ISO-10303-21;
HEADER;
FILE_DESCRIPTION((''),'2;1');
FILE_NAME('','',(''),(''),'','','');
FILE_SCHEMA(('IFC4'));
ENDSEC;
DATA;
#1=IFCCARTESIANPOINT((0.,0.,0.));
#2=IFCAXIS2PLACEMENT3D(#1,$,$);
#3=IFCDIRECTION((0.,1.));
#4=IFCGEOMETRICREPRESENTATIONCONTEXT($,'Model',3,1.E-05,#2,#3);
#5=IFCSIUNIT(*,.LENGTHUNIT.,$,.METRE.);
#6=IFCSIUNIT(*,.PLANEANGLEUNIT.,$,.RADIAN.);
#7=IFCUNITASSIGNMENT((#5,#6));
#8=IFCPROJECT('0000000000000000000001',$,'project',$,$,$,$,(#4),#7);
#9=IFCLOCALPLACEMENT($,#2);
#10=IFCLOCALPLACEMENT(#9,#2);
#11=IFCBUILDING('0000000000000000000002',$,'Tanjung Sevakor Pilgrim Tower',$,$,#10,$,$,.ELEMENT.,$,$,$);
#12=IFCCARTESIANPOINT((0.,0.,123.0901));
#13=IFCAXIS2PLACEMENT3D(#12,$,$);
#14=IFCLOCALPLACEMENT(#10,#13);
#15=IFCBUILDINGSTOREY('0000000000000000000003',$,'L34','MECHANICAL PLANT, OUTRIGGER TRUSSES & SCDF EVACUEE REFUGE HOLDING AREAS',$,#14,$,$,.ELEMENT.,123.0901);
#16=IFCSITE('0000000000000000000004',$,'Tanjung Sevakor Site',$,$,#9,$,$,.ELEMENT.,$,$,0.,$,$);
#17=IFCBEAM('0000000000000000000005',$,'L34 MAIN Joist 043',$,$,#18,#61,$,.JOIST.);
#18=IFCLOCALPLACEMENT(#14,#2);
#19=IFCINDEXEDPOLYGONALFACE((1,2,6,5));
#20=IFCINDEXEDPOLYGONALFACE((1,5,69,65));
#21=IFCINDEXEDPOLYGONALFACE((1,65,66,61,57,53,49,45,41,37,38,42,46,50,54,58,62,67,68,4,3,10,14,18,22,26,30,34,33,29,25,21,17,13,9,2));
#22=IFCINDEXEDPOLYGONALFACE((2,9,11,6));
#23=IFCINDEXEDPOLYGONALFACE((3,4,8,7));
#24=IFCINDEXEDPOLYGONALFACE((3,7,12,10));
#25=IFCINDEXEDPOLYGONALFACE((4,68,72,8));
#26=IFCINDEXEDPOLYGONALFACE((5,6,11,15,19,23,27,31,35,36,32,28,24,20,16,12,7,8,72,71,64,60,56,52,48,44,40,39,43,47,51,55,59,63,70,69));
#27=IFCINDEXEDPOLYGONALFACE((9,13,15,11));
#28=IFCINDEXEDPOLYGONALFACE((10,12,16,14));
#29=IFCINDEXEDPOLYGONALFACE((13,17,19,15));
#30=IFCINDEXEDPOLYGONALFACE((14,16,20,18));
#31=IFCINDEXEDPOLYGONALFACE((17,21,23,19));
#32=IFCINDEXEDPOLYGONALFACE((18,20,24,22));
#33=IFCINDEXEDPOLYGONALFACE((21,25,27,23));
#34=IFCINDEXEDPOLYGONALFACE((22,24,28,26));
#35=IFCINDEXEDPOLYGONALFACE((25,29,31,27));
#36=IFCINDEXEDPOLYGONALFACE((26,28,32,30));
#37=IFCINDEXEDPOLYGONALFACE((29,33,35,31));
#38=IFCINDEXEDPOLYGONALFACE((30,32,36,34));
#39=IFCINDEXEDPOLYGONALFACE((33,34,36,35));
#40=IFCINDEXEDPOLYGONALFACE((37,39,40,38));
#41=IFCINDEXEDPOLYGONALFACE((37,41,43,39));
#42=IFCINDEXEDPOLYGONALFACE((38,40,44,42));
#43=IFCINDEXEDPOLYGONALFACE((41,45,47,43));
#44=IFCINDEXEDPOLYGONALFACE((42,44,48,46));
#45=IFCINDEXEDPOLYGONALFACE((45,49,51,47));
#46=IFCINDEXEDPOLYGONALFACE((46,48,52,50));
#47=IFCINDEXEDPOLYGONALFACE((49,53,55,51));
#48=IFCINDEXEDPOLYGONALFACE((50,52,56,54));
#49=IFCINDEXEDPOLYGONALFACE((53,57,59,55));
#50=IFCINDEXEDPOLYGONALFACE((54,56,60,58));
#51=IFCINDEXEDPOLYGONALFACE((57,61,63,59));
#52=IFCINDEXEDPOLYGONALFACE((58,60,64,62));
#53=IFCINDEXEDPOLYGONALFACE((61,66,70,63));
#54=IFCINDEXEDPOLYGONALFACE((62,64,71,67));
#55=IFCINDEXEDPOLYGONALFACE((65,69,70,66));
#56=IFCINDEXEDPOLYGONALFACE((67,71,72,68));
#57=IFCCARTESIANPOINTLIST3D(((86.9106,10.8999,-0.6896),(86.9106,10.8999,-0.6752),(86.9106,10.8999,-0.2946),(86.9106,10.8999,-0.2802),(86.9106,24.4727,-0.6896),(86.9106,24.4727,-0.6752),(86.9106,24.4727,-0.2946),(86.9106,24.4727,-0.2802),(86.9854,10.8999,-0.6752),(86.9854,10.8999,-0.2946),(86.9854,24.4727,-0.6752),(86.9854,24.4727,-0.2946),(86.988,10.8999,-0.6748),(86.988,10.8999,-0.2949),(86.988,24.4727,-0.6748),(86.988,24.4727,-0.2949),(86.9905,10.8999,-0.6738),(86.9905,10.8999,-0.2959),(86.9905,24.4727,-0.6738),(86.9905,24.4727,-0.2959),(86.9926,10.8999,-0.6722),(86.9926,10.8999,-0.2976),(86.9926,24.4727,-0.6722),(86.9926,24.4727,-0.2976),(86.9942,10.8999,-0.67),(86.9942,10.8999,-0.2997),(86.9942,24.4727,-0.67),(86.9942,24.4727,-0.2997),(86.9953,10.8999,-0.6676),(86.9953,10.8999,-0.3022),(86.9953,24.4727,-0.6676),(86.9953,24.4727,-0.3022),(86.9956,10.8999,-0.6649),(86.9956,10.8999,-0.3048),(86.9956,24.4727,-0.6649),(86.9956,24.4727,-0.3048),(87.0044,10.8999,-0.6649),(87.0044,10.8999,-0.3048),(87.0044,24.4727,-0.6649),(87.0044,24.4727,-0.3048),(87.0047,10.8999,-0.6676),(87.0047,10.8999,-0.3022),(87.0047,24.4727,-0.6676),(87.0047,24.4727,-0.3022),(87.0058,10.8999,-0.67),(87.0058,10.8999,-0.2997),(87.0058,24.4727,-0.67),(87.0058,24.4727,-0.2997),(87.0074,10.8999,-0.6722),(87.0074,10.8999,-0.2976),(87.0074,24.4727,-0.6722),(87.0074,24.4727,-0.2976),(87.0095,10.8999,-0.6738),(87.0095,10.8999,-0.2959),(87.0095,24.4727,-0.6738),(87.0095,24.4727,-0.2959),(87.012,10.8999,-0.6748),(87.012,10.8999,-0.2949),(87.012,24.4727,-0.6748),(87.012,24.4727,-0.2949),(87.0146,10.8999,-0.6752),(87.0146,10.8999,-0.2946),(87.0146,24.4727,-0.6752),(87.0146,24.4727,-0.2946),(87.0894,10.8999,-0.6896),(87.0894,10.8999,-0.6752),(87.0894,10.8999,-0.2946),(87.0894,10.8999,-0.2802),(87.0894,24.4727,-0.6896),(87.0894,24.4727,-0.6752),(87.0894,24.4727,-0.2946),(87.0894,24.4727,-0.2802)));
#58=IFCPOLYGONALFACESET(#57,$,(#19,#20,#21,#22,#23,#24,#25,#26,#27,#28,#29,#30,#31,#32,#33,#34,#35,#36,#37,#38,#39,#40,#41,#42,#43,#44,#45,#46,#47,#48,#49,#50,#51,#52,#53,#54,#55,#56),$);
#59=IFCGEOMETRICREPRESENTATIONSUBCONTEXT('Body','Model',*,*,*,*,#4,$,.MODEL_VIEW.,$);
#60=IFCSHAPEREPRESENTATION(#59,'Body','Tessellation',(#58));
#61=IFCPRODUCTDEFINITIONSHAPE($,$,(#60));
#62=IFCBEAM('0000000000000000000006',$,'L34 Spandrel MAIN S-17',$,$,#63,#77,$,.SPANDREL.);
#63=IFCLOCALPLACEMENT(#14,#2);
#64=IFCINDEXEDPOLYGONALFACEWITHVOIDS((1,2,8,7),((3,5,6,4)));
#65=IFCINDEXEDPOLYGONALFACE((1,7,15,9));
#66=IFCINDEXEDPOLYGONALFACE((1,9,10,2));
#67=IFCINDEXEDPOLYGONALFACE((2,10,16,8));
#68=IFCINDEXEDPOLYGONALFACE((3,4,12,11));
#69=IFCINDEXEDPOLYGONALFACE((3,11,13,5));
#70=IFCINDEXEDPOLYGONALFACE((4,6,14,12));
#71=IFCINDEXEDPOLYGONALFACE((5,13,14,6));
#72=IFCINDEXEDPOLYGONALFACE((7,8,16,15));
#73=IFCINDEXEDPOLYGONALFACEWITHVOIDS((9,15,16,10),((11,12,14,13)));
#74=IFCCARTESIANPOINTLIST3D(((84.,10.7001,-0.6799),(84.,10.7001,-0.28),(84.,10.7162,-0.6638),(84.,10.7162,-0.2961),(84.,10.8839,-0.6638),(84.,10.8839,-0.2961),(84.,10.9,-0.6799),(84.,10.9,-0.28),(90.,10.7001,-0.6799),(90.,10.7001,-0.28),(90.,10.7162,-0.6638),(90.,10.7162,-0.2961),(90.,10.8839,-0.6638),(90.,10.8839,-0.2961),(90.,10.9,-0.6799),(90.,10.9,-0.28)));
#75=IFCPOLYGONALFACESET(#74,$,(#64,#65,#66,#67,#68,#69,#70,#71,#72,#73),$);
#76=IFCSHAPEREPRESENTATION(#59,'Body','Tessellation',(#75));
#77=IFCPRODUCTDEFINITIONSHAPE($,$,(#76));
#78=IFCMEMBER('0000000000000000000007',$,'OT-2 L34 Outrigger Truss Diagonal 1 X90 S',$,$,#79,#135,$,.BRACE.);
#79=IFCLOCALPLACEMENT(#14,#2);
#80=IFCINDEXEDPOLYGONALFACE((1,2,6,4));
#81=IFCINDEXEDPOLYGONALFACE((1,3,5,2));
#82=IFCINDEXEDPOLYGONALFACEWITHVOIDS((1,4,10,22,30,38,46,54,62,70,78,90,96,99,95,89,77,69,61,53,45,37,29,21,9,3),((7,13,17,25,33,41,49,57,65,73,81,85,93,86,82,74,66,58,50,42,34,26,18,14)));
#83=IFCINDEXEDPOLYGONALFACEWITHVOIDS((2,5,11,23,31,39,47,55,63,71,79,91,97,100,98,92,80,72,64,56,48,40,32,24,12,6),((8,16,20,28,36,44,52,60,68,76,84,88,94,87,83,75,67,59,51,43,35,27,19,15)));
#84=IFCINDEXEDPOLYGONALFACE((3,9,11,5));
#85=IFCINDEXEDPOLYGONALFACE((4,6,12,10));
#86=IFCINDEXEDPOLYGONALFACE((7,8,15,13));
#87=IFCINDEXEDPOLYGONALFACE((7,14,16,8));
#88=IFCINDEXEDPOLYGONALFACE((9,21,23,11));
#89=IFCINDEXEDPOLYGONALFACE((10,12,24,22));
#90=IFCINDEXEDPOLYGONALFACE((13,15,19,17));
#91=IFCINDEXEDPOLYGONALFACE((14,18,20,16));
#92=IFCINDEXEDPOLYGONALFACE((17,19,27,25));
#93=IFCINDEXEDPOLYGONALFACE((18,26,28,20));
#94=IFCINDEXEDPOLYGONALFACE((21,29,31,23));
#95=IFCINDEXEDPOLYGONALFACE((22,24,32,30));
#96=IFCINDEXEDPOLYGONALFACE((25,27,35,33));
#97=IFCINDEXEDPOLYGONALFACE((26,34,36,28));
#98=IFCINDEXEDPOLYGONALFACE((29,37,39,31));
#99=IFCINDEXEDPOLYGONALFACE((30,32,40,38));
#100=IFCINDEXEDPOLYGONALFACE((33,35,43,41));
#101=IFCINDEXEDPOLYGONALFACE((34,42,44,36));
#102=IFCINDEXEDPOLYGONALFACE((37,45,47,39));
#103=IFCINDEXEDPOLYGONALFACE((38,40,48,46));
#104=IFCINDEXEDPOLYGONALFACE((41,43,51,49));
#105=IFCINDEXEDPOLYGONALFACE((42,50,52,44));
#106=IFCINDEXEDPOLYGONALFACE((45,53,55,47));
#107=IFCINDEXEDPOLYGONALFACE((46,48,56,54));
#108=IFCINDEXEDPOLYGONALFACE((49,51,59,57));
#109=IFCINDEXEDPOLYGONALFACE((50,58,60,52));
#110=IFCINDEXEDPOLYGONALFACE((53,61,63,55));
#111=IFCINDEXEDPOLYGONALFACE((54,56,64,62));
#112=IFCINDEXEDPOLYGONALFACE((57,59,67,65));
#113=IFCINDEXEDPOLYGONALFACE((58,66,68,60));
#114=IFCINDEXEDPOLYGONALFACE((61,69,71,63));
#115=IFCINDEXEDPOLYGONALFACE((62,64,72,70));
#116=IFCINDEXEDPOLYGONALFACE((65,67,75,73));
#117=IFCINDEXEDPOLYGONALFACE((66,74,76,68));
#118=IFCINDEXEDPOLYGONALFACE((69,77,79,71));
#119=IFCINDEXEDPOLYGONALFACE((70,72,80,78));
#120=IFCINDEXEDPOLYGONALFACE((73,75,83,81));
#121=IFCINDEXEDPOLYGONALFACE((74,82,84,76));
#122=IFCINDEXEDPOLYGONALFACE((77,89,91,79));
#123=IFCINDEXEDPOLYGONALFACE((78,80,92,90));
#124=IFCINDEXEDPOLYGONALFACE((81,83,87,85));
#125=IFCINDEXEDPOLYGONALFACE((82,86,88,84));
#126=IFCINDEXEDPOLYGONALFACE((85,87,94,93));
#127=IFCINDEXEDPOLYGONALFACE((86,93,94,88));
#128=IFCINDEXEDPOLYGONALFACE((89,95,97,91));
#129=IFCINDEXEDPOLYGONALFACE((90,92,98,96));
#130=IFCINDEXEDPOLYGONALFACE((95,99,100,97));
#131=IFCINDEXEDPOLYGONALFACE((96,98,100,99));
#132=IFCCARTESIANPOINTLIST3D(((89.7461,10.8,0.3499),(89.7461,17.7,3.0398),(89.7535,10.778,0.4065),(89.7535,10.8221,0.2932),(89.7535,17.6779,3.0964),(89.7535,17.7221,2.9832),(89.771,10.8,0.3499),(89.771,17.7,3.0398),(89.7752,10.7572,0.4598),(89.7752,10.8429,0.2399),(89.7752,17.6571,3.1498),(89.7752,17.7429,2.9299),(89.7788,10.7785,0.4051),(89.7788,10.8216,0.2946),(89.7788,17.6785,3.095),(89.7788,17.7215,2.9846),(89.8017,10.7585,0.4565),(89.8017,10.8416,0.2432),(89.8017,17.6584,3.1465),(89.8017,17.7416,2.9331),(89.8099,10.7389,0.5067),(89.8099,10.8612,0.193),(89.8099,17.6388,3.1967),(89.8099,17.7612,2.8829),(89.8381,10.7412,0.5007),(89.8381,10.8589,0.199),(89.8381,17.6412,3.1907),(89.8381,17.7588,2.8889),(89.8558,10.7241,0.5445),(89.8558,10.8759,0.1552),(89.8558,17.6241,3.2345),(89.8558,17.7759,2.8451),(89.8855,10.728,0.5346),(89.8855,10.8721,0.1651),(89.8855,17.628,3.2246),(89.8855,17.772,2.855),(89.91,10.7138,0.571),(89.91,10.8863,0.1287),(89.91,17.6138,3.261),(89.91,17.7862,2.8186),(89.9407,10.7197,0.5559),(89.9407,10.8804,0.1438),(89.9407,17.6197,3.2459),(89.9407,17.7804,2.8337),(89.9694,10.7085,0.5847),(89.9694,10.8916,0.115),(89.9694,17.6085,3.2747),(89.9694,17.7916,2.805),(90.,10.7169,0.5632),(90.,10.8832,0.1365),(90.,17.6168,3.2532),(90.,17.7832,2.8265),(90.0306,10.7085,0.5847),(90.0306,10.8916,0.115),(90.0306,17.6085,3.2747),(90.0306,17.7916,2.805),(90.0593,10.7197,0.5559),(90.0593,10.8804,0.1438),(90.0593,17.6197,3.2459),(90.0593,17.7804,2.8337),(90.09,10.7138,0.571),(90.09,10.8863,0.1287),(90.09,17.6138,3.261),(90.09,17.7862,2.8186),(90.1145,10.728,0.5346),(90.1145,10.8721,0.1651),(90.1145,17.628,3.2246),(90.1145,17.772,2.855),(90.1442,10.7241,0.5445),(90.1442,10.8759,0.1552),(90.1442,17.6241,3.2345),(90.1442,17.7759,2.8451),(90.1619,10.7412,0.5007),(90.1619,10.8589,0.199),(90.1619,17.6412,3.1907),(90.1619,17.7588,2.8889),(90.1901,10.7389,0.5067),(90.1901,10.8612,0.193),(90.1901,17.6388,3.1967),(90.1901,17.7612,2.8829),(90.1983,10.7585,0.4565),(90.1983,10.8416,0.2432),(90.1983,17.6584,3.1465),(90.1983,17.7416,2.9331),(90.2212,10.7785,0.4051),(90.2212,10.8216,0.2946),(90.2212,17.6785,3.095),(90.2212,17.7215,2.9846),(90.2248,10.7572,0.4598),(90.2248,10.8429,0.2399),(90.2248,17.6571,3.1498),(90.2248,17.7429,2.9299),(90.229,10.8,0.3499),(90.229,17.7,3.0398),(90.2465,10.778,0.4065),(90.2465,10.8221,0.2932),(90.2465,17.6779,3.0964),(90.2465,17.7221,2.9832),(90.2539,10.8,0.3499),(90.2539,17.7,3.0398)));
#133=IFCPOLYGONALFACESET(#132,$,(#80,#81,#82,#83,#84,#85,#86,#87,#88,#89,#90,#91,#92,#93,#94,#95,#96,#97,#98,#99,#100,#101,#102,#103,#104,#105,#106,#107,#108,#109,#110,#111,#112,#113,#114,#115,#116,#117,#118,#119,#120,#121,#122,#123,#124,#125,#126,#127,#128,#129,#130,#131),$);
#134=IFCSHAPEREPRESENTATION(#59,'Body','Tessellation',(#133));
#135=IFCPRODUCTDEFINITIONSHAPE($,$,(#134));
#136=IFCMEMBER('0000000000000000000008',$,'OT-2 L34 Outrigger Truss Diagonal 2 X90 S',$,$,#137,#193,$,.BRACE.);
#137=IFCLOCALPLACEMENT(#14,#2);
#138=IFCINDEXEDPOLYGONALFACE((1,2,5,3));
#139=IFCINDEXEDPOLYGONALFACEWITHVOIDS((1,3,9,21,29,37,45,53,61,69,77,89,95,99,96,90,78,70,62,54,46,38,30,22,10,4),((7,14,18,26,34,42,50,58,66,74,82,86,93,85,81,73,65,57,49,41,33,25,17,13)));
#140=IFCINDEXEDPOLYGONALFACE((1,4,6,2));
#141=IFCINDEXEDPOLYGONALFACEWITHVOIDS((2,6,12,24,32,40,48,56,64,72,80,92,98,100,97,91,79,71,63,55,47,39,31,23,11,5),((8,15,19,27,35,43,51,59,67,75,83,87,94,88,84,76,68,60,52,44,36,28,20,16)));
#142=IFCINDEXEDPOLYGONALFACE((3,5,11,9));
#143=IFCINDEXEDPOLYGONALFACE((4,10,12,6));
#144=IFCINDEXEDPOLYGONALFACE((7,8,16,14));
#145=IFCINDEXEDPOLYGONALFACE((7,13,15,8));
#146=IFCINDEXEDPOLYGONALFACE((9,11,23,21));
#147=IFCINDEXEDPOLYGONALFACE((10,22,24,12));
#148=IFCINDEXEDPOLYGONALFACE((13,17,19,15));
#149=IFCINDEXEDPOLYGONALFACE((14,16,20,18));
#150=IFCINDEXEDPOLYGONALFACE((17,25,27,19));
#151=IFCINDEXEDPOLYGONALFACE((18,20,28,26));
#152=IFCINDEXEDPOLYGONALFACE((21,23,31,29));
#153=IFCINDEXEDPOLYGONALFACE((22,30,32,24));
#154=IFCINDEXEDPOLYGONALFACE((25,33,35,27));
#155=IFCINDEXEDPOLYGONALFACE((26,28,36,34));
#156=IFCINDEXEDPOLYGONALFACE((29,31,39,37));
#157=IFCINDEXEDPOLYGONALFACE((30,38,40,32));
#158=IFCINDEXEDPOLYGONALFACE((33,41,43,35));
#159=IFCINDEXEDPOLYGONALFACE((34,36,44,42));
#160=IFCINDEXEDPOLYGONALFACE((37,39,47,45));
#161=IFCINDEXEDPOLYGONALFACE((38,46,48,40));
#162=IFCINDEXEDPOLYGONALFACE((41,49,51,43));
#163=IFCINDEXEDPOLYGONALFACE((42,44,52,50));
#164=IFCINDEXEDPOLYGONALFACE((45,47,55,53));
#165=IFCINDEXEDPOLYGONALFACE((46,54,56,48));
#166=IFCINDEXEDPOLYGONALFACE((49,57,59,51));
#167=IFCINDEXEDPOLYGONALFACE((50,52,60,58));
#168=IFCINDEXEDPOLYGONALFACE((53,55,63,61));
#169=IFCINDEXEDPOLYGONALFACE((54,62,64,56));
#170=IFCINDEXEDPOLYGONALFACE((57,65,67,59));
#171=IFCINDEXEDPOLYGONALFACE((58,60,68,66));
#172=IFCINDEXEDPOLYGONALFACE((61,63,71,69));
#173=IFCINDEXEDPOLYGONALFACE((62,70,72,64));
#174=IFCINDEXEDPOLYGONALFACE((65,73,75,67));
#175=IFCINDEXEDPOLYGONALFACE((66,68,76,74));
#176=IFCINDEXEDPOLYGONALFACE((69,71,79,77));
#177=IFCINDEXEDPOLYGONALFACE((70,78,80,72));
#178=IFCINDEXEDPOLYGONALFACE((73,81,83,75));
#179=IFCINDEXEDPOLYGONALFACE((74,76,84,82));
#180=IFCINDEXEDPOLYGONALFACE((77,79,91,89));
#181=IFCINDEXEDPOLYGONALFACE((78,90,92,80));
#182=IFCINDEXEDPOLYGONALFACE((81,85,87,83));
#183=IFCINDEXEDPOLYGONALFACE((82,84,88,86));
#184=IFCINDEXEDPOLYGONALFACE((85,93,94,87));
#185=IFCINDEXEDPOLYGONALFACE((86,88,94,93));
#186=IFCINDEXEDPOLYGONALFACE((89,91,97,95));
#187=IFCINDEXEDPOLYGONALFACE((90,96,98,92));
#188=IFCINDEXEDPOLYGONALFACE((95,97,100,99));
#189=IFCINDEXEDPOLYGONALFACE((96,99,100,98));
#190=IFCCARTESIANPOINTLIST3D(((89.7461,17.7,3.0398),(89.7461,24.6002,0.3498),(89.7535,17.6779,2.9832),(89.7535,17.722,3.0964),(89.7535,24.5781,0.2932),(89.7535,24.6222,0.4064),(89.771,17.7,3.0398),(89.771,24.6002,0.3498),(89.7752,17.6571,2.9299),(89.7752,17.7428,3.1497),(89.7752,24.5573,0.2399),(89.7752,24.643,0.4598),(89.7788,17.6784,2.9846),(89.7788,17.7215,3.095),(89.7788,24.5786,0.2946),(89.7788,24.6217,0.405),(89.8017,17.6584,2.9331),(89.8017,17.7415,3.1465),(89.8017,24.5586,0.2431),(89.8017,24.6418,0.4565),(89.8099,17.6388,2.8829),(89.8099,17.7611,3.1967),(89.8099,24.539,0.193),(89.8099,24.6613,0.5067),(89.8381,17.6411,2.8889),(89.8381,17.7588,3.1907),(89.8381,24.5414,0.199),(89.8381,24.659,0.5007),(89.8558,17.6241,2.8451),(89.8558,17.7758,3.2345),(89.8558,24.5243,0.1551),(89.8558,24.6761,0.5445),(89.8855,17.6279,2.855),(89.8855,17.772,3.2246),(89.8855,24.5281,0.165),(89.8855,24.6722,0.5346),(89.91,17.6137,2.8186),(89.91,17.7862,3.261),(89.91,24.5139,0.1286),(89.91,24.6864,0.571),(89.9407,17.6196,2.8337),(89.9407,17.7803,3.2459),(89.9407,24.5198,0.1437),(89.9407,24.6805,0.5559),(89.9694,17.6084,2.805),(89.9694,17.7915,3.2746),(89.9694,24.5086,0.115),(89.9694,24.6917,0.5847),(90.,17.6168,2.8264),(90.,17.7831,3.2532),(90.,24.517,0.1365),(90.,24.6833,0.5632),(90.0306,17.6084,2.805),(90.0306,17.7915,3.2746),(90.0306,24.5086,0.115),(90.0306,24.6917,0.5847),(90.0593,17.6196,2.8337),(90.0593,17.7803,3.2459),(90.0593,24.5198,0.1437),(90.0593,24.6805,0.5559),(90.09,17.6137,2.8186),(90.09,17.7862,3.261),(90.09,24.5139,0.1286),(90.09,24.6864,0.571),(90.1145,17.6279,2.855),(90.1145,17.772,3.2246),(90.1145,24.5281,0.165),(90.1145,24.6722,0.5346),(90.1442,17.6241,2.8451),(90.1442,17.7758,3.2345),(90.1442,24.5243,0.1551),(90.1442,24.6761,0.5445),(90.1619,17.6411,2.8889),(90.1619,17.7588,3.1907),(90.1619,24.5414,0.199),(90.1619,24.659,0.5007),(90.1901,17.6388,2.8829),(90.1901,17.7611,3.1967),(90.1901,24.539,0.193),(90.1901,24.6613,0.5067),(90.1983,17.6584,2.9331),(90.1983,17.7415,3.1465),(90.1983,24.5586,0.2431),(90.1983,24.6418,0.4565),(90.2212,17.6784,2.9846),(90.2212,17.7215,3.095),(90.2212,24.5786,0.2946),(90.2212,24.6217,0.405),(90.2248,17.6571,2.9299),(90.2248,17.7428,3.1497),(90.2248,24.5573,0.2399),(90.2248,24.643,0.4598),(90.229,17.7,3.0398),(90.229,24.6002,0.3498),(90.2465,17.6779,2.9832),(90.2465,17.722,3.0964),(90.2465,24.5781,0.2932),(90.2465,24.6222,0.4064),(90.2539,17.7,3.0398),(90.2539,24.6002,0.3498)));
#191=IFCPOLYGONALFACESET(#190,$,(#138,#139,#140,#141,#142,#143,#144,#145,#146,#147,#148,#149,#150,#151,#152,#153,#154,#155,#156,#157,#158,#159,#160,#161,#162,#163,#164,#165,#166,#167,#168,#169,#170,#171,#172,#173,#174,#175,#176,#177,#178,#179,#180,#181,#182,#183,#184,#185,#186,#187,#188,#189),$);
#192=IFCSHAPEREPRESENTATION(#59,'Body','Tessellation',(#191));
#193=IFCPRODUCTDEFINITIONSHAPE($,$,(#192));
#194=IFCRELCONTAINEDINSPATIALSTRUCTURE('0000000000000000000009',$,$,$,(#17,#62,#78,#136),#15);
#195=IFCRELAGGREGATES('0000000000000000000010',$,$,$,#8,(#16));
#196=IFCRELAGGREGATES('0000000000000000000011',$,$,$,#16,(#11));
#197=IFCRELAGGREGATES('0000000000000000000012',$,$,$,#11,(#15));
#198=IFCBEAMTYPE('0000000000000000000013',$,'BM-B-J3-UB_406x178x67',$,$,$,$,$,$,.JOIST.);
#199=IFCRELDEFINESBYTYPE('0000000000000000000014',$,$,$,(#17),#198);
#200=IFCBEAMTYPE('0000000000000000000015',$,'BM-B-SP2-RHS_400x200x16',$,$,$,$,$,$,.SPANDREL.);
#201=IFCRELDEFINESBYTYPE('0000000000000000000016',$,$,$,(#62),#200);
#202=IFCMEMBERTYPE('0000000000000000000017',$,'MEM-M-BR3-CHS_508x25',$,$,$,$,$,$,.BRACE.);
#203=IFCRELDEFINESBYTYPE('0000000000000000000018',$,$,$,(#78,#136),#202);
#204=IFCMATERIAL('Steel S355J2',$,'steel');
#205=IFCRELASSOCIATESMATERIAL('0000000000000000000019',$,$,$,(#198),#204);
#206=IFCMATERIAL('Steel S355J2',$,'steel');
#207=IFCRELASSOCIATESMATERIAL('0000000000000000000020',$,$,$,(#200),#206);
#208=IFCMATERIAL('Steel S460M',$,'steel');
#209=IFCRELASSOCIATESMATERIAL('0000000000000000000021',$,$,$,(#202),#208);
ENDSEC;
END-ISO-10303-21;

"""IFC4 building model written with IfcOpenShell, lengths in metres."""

from ifc_helpers import new_model, si_unit, direction, frame, origin, origin_2d, place, context, subcontext, project, spatial, hollow_rectangle, hollow_circle, i_section, extrude, material, material_profile, profile_set, type_object, element, save


model = new_model("IFC4")

# Units and contexts
model_context = context("Model", 3, precision=1e-05, world=origin(), true_north=direction((0.0, 1.0)))
body_context = subcontext(model_context, "Body", "Model", "MODEL_VIEW")
ifc_project = project(units=[si_unit("LENGTHUNIT", "METRE"), si_unit("PLANEANGLEUNIT", "RADIAN")], contexts=[model_context])

# Site, building, storey
site_placement = place(None, origin())
site = spatial("IfcSite", under=ifc_project, at=site_placement, Name="Tanjung Sevakor Site", CompositionType="ELEMENT", RefElevation=0.0)
building_placement = place(site_placement, origin())
building = spatial("IfcBuilding", under=site, at=building_placement, Name="Tanjung Sevakor Pilgrim Tower", CompositionType="ELEMENT")
storey_placement = place(building_placement, frame((0.0, 0.0, 123.0901)))
storey = spatial("IfcBuildingStorey", under=building, at=storey_placement, Name="L34", Description="MECHANICAL PLANT, OUTRIGGER TRUSSES & SCDF EVACUEE REFUGE HOLDING AREAS", CompositionType="ELEMENT", Elevation=123.0901)

# Beams
ifc_material_1 = material(Name="Steel S355J2", Category="steel")
ifc_material_profile_1 = material_profile(ifc_material_1, i_section(OverallWidth=0.1787, OverallDepth=0.4094, WebThickness=0.0088, FlangeThickness=0.0144, FilletRadius=0.0103, at=origin_2d()))
ifc_profile_set_1 = profile_set([ifc_material_profile_1], Name="Steel S355J2")
beam_type_1 = type_object("IfcBeamType", Name="BM-B-J3-UB_406x178x67", PredefinedType="JOIST", material=ifc_profile_set_1)
for number, where, z_axis, x_axis, name in (
    (1, (87.0, 10.8999, -0.4849), (0.0, 1.0, 0.0), (-1.0, 0.0, 0.0), "L34 MAIN Joist 043"),
):
    element("IfcBeam", number, at=place(storey_placement, frame(where, z_axis=z_axis, x_axis=x_axis)), inside=storey, type_object=beam_type_1, Name=name, PredefinedType="JOIST", context=body_context, shape_type="SweptSolid", body=[
        extrude(i_section(OverallWidth=0.1787, OverallDepth=0.4094, WebThickness=0.0088, FlangeThickness=0.0144, FilletRadius=0.0103, at=origin_2d()), origin(), (0.0, 0.0, 1.0), 13.5728),
    ])
ifc_material_2 = material(Name="Steel S355J2", Category="steel")
ifc_material_profile_2 = material_profile(ifc_material_2, hollow_rectangle(XDim=0.2, YDim=0.3999, WallThickness=0.0161, at=origin_2d()))
ifc_profile_set_2 = profile_set([ifc_material_profile_2], Name="Steel S355J2")
beam_type_2 = type_object("IfcBeamType", Name="BM-B-SP2-RHS_400x200x16", PredefinedType="SPANDREL", material=ifc_profile_set_2)
beam_1_placement = place(storey_placement, frame((84.0, 10.8, -0.48), z_axis=(1.0, 0.0, 0.0), x_axis=(0.0, 1.0, 0.0)))
element("IfcBeam", 2, at=beam_1_placement, inside=storey, type_object=beam_type_2, Name="L34 Spandrel MAIN S-17", PredefinedType="SPANDREL", context=body_context, shape_type="SweptSolid", body=[
    extrude(hollow_rectangle(XDim=0.2, YDim=0.3999, WallThickness=0.0161, at=origin_2d()), origin(), (0.0, 0.0, 1.0), 6.0),
])

# Members
ifc_material_3 = material(Name="Steel S460M", Category="steel")
ifc_material_profile_3 = material_profile(ifc_material_3, hollow_circle(Radius=0.2539, WallThickness=0.0249, at=origin_2d()))
ifc_profile_set_3 = profile_set([ifc_material_profile_3], Name="Steel S460M")
member_type_1 = type_object("IfcMemberType", Name="MEM-M-BR3-CHS_508x25", PredefinedType="BRACE", material=ifc_profile_set_3)
member_1_placement = place(storey_placement, frame((90.0, 10.8, 0.3499), z_axis=(0.0, 0.931701, 0.363226), x_axis=(-1.0, 0.0, 0.0)))
element("IfcMember", 3, at=member_1_placement, inside=storey, type_object=member_type_1, Name="OT-2 L34 Outrigger Truss Diagonal 1 X90 S", PredefinedType="BRACE", context=body_context, shape_type="SweptSolid", body=[
    extrude(hollow_circle(Radius=0.2539, WallThickness=0.0249, at=origin_2d()), origin(), (0.0, 0.0, 1.0), 7.4058),
])
member_2_placement = place(storey_placement, frame((90.0, 17.7, 3.0398), z_axis=(0.0, 0.931706, -0.363215), x_axis=(-1.0, 0.0, 0.0)))
element("IfcMember", 4, at=member_2_placement, inside=storey, type_object=member_type_1, Name="OT-2 L34 Outrigger Truss Diagonal 2 X90 S", PredefinedType="BRACE", context=body_context, shape_type="SweptSolid", body=[
    extrude(hollow_circle(Radius=0.2539, WallThickness=0.0249, at=origin_2d()), origin(), (0.0, 0.0, 1.0), 7.406),
])

save(model, "model.ifc")
